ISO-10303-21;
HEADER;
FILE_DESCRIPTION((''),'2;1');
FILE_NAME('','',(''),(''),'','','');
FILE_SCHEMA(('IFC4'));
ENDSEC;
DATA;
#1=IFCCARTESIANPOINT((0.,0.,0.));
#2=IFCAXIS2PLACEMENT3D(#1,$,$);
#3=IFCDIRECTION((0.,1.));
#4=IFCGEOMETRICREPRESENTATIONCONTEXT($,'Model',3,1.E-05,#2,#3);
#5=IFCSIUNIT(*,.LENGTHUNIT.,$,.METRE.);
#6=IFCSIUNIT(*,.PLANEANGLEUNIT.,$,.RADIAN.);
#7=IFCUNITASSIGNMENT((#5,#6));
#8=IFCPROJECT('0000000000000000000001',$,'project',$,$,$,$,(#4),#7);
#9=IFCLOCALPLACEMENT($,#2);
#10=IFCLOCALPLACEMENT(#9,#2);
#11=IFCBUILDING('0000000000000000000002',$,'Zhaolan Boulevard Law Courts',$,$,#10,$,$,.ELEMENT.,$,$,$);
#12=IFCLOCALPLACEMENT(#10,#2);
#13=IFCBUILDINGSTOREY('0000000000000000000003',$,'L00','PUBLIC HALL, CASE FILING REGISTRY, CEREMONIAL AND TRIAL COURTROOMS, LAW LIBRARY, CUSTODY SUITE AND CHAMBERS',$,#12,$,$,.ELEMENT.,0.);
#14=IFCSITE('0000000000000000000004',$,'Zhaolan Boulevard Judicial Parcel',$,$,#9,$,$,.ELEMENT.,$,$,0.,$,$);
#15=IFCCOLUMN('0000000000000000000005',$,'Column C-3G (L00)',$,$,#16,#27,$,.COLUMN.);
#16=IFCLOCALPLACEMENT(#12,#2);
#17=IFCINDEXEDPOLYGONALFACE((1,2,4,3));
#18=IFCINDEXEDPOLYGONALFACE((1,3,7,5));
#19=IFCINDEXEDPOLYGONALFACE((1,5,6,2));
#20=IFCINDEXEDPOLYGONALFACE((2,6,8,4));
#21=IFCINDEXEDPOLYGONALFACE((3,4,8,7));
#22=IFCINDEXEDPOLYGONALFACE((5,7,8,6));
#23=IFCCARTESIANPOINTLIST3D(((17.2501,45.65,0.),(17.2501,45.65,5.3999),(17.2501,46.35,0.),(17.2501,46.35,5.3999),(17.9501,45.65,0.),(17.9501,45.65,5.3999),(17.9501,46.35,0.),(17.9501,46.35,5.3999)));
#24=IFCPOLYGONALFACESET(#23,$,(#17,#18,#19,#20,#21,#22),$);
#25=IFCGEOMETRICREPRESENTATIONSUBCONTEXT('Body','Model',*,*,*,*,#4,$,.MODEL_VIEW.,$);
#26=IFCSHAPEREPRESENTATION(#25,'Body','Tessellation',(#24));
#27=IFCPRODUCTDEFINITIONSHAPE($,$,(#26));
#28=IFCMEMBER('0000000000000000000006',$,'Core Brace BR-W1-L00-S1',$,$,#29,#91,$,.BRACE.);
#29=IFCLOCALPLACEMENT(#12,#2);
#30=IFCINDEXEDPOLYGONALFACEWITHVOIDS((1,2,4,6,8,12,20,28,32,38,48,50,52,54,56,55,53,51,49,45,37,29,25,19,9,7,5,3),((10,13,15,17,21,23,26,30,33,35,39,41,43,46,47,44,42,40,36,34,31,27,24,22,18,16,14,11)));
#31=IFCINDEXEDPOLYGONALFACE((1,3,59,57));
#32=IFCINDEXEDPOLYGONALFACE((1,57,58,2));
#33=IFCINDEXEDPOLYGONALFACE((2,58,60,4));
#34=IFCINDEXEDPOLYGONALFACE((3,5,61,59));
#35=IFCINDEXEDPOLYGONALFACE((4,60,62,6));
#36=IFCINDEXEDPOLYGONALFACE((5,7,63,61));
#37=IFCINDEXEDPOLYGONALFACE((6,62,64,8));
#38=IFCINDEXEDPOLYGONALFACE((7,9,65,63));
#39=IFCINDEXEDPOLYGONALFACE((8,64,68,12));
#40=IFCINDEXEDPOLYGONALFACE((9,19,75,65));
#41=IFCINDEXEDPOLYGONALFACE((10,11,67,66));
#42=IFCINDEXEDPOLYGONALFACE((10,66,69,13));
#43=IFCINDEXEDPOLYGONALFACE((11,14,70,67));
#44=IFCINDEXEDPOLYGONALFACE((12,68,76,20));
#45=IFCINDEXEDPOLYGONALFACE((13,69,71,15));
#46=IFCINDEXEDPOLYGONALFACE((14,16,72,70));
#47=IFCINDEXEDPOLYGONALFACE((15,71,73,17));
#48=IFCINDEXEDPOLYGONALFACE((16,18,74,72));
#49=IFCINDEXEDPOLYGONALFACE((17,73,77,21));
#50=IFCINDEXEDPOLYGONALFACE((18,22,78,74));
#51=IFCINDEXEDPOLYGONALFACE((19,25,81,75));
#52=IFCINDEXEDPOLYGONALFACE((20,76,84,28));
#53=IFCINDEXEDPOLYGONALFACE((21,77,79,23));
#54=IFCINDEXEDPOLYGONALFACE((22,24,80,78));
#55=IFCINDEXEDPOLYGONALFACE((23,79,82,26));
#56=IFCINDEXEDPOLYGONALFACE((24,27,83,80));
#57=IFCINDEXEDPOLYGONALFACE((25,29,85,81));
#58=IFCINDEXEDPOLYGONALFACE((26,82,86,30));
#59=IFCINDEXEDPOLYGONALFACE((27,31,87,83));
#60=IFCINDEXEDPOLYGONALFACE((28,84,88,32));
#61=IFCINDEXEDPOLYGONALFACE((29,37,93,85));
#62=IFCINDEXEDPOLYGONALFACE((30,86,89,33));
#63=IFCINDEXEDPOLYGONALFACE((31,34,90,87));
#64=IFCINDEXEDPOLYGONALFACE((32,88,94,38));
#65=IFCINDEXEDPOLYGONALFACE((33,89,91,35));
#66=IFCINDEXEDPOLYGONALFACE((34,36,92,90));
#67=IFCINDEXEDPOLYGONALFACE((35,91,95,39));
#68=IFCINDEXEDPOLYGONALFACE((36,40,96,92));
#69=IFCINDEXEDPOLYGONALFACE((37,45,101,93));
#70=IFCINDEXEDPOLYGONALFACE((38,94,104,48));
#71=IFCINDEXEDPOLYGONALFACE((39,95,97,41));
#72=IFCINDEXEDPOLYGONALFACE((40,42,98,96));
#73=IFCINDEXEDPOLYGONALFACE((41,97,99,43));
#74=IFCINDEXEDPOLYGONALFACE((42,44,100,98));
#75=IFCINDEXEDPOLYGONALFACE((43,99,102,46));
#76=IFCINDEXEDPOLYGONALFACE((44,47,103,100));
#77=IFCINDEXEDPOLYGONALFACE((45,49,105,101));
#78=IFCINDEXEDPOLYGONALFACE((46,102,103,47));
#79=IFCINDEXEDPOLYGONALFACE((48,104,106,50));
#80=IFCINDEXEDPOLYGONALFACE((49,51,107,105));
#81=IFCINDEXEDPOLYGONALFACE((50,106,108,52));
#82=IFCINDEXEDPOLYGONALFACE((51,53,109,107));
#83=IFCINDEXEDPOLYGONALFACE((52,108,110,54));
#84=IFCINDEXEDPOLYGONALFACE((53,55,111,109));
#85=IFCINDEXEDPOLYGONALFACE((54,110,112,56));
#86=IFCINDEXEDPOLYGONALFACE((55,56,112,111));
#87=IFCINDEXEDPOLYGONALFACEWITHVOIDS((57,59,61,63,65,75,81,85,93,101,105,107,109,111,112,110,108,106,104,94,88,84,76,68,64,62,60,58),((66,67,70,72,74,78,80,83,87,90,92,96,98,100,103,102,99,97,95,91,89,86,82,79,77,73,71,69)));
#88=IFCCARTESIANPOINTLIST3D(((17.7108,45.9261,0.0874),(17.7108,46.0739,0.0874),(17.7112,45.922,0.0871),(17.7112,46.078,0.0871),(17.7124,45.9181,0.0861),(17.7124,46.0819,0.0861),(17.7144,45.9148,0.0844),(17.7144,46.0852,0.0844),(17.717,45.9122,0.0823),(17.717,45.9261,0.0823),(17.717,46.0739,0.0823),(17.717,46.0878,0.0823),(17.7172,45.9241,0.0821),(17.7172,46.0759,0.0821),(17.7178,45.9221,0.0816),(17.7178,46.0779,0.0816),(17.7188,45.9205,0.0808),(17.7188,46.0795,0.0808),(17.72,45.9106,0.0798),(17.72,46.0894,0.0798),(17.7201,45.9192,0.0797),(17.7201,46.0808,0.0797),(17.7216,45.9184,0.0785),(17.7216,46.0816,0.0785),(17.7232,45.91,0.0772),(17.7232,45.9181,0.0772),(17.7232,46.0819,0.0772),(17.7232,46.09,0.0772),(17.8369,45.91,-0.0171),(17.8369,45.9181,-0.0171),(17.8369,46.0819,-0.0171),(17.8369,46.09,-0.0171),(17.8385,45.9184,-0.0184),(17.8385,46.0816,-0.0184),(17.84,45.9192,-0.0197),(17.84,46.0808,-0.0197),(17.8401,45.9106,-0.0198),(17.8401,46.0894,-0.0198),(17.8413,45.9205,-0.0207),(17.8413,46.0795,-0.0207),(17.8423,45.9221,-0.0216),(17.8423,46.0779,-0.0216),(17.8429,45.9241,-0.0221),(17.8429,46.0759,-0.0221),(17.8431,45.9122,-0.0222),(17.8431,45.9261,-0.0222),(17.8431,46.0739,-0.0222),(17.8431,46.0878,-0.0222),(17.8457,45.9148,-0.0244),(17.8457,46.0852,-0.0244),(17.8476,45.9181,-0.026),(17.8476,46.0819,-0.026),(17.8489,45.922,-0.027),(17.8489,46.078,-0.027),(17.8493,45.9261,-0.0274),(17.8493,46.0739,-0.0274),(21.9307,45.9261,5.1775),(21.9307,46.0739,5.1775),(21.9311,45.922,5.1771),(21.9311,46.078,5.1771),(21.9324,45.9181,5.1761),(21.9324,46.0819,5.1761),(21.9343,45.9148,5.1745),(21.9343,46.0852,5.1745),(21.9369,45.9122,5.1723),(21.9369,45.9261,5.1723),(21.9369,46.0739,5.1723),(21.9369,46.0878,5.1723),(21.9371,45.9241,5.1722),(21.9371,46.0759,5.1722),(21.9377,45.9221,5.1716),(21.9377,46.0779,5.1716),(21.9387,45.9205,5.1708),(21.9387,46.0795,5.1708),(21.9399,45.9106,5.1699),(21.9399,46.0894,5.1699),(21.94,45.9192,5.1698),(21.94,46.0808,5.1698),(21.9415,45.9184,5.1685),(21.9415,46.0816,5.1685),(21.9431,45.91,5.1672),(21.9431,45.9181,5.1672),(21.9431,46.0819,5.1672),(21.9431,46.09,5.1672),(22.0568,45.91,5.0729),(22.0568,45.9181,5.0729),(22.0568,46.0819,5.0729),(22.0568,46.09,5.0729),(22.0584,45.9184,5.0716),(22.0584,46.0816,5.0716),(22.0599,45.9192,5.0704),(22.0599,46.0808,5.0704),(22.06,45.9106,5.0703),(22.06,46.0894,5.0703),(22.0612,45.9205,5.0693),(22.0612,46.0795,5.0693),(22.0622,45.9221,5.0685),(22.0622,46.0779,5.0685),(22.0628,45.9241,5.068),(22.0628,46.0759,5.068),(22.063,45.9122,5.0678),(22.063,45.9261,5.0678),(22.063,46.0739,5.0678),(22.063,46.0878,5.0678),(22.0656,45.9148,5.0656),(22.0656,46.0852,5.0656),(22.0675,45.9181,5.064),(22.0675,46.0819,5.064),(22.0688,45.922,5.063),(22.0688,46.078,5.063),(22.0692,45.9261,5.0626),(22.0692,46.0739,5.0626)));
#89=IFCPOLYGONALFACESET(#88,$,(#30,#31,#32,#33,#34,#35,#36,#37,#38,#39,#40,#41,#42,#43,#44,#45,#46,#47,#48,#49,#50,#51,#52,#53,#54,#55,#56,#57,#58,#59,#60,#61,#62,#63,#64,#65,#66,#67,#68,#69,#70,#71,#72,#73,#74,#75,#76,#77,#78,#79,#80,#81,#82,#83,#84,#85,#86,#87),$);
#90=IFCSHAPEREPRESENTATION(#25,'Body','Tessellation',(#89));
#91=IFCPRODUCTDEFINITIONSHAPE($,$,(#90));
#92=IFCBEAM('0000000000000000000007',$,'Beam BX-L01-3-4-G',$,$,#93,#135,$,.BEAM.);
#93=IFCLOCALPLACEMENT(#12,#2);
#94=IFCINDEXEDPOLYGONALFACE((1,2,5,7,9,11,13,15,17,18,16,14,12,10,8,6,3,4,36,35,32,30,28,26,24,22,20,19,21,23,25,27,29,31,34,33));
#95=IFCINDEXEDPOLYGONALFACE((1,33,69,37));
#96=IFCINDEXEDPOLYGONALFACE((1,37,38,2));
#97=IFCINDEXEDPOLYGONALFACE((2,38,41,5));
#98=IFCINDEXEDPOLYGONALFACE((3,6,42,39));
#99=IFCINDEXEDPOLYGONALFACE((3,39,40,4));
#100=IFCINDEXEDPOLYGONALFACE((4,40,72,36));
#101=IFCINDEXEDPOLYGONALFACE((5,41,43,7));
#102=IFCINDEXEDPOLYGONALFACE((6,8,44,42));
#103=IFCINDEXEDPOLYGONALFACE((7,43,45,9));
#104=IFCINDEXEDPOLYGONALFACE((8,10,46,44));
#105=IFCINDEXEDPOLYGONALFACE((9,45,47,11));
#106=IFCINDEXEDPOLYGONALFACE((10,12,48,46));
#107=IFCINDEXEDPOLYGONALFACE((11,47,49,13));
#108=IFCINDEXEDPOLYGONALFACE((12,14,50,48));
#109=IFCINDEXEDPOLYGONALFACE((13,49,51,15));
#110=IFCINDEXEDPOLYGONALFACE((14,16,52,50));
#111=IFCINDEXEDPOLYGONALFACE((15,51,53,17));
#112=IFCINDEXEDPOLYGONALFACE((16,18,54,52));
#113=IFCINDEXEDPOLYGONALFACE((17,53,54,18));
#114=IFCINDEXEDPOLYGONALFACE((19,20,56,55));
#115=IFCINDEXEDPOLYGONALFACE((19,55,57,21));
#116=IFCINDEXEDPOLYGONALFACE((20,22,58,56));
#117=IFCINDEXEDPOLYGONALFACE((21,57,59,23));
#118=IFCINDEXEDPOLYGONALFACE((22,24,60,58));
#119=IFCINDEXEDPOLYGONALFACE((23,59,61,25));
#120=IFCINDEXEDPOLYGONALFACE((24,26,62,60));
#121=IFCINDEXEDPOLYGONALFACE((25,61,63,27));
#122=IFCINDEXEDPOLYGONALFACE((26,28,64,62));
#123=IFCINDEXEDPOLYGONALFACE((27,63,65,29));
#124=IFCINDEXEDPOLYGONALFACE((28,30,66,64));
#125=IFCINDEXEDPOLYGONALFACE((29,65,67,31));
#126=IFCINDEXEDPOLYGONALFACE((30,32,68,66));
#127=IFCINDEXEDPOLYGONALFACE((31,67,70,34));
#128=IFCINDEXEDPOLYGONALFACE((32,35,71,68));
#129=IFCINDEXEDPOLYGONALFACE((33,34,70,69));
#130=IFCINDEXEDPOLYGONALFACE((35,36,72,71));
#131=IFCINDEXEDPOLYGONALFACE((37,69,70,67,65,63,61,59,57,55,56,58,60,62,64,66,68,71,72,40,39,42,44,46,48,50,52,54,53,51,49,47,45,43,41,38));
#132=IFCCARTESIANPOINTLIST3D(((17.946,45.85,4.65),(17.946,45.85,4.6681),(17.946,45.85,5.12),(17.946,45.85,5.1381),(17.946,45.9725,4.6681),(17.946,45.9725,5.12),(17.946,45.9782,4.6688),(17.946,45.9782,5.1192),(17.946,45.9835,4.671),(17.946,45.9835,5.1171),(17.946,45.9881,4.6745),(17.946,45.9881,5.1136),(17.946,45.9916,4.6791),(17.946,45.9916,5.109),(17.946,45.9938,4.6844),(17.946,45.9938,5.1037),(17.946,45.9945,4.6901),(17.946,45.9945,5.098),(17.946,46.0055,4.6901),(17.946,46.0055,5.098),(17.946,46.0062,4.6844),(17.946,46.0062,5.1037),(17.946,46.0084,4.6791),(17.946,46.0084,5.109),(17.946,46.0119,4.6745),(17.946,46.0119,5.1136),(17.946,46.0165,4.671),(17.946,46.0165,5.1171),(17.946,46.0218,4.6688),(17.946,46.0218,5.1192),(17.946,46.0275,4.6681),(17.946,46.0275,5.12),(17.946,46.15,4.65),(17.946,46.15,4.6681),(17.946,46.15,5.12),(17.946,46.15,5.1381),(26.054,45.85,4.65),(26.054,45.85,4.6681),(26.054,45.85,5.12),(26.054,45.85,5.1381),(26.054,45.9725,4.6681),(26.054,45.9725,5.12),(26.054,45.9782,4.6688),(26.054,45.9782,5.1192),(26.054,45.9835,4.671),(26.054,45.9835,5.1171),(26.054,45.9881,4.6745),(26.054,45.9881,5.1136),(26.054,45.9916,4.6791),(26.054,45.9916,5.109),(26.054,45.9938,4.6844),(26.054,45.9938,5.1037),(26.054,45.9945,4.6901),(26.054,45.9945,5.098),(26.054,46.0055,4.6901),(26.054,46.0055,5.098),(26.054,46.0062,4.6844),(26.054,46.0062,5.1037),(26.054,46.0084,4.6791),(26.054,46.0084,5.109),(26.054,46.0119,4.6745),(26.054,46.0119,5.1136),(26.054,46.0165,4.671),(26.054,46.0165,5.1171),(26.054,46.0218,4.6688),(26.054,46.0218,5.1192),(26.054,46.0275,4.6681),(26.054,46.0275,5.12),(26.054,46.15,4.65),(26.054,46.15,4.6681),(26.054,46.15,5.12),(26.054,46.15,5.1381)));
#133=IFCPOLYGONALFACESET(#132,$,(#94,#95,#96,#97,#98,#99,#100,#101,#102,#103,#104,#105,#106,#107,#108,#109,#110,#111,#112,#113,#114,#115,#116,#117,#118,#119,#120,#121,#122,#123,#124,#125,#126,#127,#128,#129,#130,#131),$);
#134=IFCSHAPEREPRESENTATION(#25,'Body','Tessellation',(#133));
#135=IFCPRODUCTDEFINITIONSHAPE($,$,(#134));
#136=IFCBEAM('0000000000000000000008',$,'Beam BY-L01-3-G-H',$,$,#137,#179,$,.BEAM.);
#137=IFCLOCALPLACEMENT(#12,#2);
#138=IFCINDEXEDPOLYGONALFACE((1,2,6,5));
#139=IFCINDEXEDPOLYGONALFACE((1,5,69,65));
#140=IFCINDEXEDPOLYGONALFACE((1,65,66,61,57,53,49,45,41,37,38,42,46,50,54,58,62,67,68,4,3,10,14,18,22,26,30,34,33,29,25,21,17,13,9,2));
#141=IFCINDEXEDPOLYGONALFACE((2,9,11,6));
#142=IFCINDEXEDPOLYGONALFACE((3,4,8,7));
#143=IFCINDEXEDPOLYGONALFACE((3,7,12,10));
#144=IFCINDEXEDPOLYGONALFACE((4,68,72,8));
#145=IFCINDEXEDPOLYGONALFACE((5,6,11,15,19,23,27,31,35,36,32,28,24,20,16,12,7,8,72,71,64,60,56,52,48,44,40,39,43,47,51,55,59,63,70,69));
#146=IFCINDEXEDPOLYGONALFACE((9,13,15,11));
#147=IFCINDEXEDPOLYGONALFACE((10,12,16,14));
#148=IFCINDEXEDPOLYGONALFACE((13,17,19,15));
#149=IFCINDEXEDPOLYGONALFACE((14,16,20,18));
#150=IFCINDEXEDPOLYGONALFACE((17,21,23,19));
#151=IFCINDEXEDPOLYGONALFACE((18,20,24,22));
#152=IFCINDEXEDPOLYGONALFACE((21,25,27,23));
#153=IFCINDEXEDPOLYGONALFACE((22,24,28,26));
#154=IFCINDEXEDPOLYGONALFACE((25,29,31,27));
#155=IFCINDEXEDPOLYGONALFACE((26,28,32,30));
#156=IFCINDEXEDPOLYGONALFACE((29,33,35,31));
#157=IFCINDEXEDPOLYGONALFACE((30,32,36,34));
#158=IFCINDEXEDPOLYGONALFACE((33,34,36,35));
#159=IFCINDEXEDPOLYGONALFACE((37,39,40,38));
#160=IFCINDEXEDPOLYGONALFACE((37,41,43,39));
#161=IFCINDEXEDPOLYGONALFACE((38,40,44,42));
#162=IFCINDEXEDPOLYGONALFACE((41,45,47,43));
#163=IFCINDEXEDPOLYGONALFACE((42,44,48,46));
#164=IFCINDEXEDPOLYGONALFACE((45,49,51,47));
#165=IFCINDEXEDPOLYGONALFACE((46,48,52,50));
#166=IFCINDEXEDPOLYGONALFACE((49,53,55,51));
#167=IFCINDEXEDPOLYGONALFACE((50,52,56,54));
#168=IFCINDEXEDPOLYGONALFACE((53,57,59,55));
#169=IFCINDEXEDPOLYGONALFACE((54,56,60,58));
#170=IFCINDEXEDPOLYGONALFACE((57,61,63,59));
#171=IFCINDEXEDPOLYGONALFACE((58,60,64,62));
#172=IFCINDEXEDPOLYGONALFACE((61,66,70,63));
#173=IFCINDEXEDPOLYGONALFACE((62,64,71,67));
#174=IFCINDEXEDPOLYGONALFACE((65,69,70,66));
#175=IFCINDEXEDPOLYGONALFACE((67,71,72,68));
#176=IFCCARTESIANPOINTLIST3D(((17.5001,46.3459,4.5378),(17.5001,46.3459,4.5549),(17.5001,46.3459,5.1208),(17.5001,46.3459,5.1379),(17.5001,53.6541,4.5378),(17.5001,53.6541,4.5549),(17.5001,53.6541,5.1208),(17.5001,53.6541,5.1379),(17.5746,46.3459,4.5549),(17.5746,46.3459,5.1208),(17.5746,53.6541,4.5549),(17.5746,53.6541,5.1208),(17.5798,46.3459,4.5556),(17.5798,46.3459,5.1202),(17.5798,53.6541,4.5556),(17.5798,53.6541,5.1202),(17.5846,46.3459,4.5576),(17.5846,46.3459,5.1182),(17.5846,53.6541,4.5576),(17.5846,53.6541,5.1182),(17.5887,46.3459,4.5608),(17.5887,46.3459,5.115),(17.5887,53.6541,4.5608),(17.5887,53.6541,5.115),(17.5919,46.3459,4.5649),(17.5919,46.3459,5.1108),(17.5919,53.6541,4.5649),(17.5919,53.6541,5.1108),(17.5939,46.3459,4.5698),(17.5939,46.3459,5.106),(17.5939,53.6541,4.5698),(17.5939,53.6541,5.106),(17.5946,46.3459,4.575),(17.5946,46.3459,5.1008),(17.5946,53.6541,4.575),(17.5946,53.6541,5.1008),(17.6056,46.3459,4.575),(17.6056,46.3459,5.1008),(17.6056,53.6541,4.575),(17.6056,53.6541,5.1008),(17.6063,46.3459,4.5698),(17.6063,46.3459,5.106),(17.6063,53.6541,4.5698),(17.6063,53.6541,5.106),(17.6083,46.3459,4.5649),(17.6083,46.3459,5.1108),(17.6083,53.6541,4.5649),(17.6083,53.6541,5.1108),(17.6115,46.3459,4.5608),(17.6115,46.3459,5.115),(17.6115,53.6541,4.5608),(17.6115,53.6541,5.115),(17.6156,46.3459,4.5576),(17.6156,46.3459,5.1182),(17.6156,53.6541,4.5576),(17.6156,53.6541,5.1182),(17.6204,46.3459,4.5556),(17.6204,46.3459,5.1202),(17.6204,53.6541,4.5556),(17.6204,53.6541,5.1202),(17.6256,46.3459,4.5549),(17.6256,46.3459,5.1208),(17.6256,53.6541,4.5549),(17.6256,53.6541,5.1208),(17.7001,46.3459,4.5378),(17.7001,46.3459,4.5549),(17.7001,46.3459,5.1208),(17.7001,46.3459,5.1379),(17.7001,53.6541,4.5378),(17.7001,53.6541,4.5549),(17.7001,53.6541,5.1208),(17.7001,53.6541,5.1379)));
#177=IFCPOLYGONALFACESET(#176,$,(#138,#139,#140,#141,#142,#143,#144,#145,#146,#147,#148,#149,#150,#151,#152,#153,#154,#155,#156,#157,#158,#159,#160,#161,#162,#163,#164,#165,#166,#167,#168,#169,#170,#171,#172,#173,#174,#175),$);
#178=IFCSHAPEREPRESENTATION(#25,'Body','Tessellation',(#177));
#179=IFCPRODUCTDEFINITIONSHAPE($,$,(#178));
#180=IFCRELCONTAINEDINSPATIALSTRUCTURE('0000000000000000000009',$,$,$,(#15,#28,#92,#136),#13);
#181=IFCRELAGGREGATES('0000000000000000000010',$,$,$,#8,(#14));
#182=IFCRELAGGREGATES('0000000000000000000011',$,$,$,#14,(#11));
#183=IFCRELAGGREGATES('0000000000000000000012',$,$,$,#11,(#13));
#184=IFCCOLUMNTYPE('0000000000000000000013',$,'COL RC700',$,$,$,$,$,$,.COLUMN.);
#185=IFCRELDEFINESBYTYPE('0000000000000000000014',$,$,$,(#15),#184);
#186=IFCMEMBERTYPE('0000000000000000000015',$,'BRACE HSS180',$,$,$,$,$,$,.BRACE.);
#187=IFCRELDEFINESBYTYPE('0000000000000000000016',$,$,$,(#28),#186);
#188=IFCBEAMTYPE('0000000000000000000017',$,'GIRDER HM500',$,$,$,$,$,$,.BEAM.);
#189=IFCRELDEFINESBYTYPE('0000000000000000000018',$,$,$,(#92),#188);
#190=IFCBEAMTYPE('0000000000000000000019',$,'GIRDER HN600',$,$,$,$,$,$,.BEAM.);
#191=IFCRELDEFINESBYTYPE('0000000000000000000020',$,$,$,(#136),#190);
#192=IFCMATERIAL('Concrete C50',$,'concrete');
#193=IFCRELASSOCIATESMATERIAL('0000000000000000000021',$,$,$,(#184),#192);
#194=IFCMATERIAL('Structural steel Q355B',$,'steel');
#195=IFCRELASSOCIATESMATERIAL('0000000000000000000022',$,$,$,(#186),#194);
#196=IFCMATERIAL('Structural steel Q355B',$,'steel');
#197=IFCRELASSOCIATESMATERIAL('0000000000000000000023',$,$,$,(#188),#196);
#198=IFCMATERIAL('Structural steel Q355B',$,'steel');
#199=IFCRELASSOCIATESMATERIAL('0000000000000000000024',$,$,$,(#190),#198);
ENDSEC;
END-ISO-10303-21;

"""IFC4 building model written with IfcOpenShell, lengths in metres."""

from ifc_helpers import new_model, si_unit, direction, frame, origin, origin_2d, place, context, subcontext, project, spatial, rectangle, hollow_rectangle, i_section, extrude, material, material_profile, profile_set, type_object, element, save


model = new_model("IFC4")

# Units and contexts
model_context = context("Model", 3, precision=1e-05, world=origin(), true_north=direction((0.0, 1.0)))
body_context = subcontext(model_context, "Body", "Model", "MODEL_VIEW")
ifc_project = project(units=[si_unit("LENGTHUNIT", "METRE"), si_unit("PLANEANGLEUNIT", "RADIAN")], contexts=[model_context])

# Site, building, storey
site_placement = place(None, origin())
site = spatial("IfcSite", under=ifc_project, at=site_placement, Name="Zhaolan Boulevard Judicial Parcel", CompositionType="ELEMENT", RefElevation=0.0)
building_placement = place(site_placement, origin())
building = spatial("IfcBuilding", under=site, at=building_placement, Name="Zhaolan Boulevard Law Courts", CompositionType="ELEMENT")
storey_placement = place(building_placement, origin())
storey = spatial("IfcBuildingStorey", under=building, at=storey_placement, Name="L00", Description="PUBLIC HALL, CASE FILING REGISTRY, CEREMONIAL AND TRIAL COURTROOMS, LAW LIBRARY, CUSTODY SUITE AND CHAMBERS", CompositionType="ELEMENT", Elevation=0.0)

# Column
ifc_material_1 = material(Name="Concrete C50", Category="concrete")
ifc_material_profile_1 = material_profile(ifc_material_1, rectangle(XDim=0.7, YDim=0.7, at=origin_2d()), Name="RC700x700")
ifc_profile_set_1 = profile_set([ifc_material_profile_1], Name="Concrete C50")
column_type = type_object("IfcColumnType", Name="COL RC700", PredefinedType="COLUMN", material=ifc_profile_set_1)
column_placement = place(storey_placement, frame((17.6001, 46.0, 0.0), z_axis=(0.0, 0.0, 1.0), x_axis=(1.0, 0.0, 0.0)))
element("IfcColumn", 1, at=column_placement, inside=storey, type_object=column_type, Name="Column C-3G (L00)", PredefinedType="COLUMN", context=body_context, shape_type="SweptSolid", body=[
    extrude(rectangle(XDim=0.7, YDim=0.7, at=origin_2d()), origin(), (0.0, 0.0, 1.0), 5.3999),
])

# Member
ifc_material_2 = material(Name="Structural steel Q355B", Category="steel")
ifc_material_profile_2 = material_profile(ifc_material_2, hollow_rectangle(XDim=0.1799, YDim=0.1799, WallThickness=0.0081, InnerFilletRadius=0.0081, OuterFilletRadius=0.0161, at=origin_2d()), Name="HSS180x180x8")
ifc_profile_set_2 = profile_set([ifc_material_profile_2], Name="Structural steel Q355B")
member_type = type_object("IfcMemberType", Name="BRACE HSS180", PredefinedType="BRACE", material=ifc_profile_set_2)
member_placement = place(storey_placement, frame((17.78, 46.0, 0.03), z_axis=(0.638239, 0.0, 0.769838), x_axis=(0.0, 1.0, 0.0)))
element("IfcMember", 2, at=member_placement, inside=storey, type_object=member_type, Name="Core Brace BR-W1-L00-S1", PredefinedType="BRACE", context=body_context, shape_type="SweptSolid", body=[
    extrude(hollow_rectangle(XDim=0.1799, YDim=0.1799, WallThickness=0.0081, InnerFilletRadius=0.0081, OuterFilletRadius=0.0161, at=origin_2d()), origin(), (0.0, 0.0, 1.0), 6.6118),
])

# Beams
ifc_material_3 = material(Name="Structural steel Q355B", Category="steel")
ifc_material_profile_3 = material_profile(ifc_material_3, i_section(OverallWidth=0.3, OverallDepth=0.488, WebThickness=0.011, FlangeThickness=0.0181, FilletRadius=0.022, at=origin_2d()), Name="HM488x300")
ifc_profile_set_3 = profile_set([ifc_material_profile_3], Name="Structural steel Q355B")
beam_type_1 = type_object("IfcBeamType", Name="GIRDER HM500", PredefinedType="BEAM", material=ifc_profile_set_3)
beam_1_placement = place(storey_placement, frame((17.946, 46.0, 4.894), z_axis=(1.0, 0.0, 0.0), x_axis=(0.0, 1.0, 0.0)))
element("IfcBeam", 3, at=beam_1_placement, inside=storey, type_object=beam_type_1, Name="Beam BX-L01-3-4-G", PredefinedType="BEAM", context=body_context, shape_type="SweptSolid", body=[
    extrude(i_section(OverallWidth=0.3, OverallDepth=0.488, WebThickness=0.011, FlangeThickness=0.0181, FilletRadius=0.022, at=origin_2d()), origin(), (0.0, 0.0, 1.0), 8.1079),
])
ifc_material_4 = material(Name="Structural steel Q355B", Category="steel")
ifc_material_profile_4 = material_profile(ifc_material_4, i_section(OverallWidth=0.2, OverallDepth=0.6001, WebThickness=0.011, FlangeThickness=0.0171, FilletRadius=0.02, at=origin_2d()), Name="HN600x200")
ifc_profile_set_4 = profile_set([ifc_material_profile_4], Name="Structural steel Q355B")
beam_type_2 = type_object("IfcBeamType", Name="GIRDER HN600", PredefinedType="BEAM", material=ifc_profile_set_4)
beam_2_placement = place(storey_placement, frame((17.6001, 46.3459, 4.8379), z_axis=(0.0, 1.0, 0.0), x_axis=(-1.0, 0.0, 0.0)))
element("IfcBeam", 4, at=beam_2_placement, inside=storey, type_object=beam_type_2, Name="Beam BY-L01-3-G-H", PredefinedType="BEAM", context=body_context, shape_type="SweptSolid", body=[
    extrude(i_section(OverallWidth=0.2, OverallDepth=0.6001, WebThickness=0.011, FlangeThickness=0.0171, FilletRadius=0.02, at=origin_2d()), origin(), (0.0, 0.0, 1.0), 7.3081),
])

save(model, "model.ifc")
